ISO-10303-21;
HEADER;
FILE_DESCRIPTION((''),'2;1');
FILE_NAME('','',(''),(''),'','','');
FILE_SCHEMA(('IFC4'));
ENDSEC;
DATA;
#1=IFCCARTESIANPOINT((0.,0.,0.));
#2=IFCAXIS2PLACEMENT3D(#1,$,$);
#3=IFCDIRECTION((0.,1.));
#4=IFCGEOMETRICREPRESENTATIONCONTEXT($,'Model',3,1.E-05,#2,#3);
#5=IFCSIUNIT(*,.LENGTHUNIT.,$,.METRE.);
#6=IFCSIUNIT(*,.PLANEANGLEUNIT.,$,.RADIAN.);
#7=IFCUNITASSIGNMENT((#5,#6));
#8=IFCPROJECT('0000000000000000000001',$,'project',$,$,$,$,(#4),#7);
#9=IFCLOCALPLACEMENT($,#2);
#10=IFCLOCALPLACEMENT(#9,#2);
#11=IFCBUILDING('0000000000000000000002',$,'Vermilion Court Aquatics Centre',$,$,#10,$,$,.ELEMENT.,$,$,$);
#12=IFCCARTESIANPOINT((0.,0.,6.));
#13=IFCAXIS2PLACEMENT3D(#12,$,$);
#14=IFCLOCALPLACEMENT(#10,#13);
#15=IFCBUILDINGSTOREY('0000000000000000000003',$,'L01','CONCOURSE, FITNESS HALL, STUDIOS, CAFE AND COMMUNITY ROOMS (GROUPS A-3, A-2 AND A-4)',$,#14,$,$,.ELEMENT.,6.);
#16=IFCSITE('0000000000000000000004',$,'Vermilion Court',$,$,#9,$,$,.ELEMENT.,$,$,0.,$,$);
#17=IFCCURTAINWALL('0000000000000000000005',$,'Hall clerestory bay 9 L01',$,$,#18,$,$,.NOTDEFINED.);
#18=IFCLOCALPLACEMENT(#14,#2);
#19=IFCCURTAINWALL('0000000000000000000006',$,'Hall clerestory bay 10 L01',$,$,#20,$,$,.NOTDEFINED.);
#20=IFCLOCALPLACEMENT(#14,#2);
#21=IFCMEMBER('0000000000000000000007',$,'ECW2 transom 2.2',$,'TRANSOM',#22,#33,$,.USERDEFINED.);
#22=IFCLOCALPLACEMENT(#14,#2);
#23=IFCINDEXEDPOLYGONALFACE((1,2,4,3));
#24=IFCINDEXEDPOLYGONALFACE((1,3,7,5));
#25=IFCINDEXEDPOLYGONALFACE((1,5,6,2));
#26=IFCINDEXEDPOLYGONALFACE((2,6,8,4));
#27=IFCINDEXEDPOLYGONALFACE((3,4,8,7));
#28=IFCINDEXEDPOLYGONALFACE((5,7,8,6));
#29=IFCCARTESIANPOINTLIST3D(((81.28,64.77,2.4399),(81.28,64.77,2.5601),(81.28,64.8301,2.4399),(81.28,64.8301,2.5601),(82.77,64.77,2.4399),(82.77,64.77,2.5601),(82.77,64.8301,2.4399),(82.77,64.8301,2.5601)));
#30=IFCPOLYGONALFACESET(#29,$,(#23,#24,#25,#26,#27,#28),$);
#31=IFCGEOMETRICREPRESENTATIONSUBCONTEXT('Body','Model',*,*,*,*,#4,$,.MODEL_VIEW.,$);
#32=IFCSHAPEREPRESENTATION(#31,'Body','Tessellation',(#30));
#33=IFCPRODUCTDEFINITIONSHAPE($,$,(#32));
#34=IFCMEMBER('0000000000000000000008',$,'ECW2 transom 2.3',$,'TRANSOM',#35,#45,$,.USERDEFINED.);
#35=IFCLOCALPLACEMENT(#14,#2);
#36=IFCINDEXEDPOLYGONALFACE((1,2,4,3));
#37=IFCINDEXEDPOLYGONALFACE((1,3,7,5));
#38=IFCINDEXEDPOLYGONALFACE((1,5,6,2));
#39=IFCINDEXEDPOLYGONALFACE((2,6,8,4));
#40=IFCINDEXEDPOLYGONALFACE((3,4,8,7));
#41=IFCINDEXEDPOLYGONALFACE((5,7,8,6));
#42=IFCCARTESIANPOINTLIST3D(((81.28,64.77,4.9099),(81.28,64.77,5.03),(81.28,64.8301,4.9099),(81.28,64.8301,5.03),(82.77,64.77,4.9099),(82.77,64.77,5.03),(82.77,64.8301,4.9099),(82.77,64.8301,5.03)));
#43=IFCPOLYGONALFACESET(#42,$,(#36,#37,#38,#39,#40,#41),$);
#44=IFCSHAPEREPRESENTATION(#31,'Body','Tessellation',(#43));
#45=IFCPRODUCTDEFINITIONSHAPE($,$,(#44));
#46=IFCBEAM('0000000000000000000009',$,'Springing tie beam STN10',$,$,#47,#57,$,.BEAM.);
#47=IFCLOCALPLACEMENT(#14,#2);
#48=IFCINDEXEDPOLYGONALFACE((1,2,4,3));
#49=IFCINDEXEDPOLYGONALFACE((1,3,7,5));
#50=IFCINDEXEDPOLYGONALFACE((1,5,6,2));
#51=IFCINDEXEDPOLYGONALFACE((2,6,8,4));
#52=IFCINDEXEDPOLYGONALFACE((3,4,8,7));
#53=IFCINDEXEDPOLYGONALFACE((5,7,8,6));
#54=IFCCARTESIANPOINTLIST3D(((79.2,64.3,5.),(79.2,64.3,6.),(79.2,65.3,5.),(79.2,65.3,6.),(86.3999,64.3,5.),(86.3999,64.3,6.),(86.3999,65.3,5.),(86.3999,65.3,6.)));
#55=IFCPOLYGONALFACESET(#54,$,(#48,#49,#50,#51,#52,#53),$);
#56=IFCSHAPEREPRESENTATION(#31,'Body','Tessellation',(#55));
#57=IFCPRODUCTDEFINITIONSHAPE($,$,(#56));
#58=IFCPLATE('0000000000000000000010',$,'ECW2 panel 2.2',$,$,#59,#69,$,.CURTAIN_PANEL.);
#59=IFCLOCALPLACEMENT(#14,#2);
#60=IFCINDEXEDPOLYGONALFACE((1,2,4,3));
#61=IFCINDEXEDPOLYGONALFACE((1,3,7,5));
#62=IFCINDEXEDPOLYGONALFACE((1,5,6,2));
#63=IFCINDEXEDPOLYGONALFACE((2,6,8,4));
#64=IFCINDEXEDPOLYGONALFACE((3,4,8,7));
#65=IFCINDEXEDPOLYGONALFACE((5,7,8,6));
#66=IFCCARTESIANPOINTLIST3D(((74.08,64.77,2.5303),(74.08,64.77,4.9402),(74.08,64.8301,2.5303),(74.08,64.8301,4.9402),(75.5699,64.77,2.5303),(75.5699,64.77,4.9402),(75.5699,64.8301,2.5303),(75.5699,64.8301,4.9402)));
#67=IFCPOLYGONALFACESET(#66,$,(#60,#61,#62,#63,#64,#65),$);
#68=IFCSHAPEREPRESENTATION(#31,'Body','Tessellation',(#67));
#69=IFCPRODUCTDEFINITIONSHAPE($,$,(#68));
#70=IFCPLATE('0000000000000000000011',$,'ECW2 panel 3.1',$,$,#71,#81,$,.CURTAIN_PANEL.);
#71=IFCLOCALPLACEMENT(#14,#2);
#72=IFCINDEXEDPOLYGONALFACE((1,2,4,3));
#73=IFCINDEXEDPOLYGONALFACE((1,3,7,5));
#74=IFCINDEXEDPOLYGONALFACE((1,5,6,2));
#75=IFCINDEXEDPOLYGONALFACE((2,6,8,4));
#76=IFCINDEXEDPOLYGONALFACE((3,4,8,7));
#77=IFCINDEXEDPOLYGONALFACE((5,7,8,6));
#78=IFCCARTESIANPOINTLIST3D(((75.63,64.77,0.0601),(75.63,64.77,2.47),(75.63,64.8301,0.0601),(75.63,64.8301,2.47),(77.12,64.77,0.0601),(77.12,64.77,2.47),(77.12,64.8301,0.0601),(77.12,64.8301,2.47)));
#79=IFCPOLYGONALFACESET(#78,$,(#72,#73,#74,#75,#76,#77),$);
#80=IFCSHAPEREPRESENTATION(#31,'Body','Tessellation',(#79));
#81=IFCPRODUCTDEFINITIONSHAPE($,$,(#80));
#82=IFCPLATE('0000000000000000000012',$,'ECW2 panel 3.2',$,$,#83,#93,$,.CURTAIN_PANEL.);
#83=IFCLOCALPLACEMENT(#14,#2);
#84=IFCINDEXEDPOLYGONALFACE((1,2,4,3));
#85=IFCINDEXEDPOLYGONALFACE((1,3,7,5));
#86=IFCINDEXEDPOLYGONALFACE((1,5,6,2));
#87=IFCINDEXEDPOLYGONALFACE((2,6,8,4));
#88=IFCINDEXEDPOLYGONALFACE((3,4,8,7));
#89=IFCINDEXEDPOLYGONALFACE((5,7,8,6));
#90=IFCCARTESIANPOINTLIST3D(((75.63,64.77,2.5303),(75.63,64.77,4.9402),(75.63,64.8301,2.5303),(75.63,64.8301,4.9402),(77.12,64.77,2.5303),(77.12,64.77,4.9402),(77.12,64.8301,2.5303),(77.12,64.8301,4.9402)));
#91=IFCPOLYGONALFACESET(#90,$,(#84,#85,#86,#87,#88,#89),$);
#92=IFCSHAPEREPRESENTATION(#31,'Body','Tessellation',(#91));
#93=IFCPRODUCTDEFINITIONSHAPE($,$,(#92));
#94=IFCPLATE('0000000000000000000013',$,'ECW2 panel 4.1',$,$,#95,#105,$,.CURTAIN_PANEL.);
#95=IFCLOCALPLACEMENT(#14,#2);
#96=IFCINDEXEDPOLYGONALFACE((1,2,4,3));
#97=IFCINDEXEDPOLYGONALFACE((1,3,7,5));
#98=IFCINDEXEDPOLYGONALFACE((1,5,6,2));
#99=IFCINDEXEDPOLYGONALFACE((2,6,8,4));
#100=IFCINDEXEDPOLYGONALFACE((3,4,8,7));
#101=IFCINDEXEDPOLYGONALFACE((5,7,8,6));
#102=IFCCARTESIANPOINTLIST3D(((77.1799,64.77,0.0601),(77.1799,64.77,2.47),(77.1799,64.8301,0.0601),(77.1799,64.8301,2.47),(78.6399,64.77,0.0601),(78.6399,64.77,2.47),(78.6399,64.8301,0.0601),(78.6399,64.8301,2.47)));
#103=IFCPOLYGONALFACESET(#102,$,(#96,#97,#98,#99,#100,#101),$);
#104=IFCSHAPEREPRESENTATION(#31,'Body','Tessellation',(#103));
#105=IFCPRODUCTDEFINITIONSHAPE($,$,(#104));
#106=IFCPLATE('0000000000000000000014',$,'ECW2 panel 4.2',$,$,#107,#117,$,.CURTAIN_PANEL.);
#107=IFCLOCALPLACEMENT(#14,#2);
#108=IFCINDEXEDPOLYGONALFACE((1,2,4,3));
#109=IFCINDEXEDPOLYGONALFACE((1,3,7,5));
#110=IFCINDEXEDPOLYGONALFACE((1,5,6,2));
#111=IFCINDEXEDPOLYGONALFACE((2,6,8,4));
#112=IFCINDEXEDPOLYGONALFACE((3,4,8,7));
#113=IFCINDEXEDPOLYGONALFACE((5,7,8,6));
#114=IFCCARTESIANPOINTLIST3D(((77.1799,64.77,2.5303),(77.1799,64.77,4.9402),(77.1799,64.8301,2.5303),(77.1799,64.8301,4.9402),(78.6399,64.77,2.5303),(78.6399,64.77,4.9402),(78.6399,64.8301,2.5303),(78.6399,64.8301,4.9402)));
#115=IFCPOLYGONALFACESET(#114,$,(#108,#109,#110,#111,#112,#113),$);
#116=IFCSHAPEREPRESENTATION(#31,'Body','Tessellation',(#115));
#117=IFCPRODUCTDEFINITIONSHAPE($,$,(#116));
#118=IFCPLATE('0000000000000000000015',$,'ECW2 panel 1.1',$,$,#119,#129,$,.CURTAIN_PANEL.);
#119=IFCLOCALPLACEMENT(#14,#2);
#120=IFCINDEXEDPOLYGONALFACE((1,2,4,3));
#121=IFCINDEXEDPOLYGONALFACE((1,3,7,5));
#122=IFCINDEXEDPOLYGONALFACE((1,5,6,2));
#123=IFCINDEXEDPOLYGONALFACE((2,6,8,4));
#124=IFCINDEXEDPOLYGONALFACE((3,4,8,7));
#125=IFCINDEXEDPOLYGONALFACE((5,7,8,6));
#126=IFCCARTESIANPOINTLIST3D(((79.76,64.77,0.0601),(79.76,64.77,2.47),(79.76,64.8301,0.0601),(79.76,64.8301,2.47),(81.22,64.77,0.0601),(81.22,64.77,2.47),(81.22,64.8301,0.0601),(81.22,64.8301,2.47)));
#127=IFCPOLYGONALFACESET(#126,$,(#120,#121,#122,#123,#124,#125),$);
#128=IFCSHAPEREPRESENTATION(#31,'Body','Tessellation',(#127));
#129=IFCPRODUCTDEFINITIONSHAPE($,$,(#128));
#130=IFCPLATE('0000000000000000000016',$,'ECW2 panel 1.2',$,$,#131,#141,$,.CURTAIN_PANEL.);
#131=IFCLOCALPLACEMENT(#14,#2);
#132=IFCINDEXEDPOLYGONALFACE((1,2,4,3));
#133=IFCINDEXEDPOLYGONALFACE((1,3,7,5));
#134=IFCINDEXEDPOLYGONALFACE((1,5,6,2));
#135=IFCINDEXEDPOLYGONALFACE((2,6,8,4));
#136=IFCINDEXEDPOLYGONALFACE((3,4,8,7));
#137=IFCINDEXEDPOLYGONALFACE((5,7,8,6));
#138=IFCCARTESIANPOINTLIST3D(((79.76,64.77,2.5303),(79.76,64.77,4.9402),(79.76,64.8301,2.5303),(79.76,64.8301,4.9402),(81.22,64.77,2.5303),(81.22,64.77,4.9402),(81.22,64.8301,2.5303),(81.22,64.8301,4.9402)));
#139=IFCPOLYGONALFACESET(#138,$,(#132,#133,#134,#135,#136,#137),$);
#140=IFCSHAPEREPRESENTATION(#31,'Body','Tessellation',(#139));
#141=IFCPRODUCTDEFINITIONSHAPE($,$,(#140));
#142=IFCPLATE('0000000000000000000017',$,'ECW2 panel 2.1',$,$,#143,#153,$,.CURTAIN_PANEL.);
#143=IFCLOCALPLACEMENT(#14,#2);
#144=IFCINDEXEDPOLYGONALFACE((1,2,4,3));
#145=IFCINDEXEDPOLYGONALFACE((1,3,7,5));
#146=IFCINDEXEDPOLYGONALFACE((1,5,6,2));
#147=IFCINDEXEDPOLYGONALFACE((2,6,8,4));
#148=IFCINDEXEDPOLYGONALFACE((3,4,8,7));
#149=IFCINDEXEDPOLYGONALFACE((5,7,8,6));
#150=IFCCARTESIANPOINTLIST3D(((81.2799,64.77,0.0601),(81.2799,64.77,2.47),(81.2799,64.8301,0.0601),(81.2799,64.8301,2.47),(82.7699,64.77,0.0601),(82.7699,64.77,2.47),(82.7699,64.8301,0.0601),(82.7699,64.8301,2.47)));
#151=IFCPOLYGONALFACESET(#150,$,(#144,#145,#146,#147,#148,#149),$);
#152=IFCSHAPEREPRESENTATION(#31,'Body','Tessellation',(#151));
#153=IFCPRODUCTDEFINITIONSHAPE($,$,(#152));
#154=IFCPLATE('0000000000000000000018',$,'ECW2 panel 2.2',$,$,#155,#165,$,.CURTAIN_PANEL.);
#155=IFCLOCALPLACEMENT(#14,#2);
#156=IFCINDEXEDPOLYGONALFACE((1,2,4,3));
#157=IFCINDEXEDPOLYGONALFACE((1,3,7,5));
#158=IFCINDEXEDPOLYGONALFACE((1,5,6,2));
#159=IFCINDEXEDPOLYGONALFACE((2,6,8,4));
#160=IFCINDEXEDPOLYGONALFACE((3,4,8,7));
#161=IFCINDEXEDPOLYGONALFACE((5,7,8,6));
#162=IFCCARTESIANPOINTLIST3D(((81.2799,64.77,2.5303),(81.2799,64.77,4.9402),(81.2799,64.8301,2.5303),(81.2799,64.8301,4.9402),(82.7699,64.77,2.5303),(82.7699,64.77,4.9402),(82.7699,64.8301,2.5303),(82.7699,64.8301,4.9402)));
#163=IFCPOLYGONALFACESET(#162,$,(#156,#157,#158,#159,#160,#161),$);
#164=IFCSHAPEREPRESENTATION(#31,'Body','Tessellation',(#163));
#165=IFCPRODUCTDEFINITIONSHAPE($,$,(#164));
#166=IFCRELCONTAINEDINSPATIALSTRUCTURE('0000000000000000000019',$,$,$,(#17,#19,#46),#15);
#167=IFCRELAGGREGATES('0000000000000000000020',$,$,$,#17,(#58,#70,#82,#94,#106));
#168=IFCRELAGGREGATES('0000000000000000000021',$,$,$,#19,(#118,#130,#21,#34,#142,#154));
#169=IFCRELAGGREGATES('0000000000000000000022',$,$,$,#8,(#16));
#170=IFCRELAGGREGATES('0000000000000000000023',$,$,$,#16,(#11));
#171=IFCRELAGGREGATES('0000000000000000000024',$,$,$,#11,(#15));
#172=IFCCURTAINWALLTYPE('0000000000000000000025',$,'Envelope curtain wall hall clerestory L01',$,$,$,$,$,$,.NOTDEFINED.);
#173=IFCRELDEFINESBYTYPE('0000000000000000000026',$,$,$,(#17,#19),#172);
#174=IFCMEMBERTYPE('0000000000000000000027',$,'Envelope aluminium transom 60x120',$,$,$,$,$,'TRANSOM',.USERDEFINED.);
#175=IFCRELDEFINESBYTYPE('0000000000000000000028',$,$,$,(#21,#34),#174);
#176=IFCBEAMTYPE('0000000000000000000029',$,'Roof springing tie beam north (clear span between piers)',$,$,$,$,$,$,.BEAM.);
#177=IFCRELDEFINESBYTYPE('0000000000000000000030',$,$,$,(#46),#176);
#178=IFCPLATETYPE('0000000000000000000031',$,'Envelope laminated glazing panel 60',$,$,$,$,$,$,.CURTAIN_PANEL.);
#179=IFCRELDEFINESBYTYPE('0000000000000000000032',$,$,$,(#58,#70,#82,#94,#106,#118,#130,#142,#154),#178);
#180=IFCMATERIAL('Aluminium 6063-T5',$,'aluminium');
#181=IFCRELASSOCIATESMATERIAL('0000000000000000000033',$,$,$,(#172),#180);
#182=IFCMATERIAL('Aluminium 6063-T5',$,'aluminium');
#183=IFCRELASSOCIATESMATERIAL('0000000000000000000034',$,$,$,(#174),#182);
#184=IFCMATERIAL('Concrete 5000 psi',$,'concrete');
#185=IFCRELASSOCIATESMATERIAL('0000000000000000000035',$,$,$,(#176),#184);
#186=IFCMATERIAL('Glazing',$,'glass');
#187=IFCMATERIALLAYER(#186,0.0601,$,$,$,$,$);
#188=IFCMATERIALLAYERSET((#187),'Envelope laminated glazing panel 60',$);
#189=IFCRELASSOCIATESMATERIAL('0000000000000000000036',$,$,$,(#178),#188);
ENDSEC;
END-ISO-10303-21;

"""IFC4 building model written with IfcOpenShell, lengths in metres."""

from ifc_helpers import new_model, si_unit, direction, frame, origin, origin_2d, place, context, subcontext, project, spatial, rectangle, extrude, material, layer, layer_set, material_profile, profile_set, type_object, element, aggregate, save


model = new_model("IFC4")

# Units and contexts
model_context = context("Model", 3, precision=1e-05, world=origin(), true_north=direction((0.0, 1.0)))
body_context = subcontext(model_context, "Body", "Model", "MODEL_VIEW")
ifc_project = project(units=[si_unit("LENGTHUNIT", "METRE"), si_unit("PLANEANGLEUNIT", "RADIAN")], contexts=[model_context])

# Site, building, storey
site_placement = place(None, origin())
site = spatial("IfcSite", under=ifc_project, at=site_placement, Name="Vermilion Court", CompositionType="ELEMENT", RefElevation=0.0)
building_placement = place(site_placement, origin())
building = spatial("IfcBuilding", under=site, at=building_placement, Name="Vermilion Court Aquatics Centre", CompositionType="ELEMENT")
storey_placement = place(building_placement, frame((0.0, 0.0, 6.0)))
storey = spatial("IfcBuildingStorey", under=building, at=storey_placement, Name="L01", Description="CONCOURSE, FITNESS HALL, STUDIOS, CAFE AND COMMUNITY ROOMS (GROUPS A-3, A-2 AND A-4)", CompositionType="ELEMENT", Elevation=6.0)

# Curtain walls
ifc_material_1 = material(Name="Aluminium 6063-T5", Category="aluminium")
curtain_wall_type = type_object("IfcCurtainWallType", Name="Envelope curtain wall hall clerestory L01", PredefinedType="NOTDEFINED", material=ifc_material_1)
curtain_wall_1_placement = place(storey_placement, origin())
curtain_wall_1 = element("IfcCurtainWall", 1, at=curtain_wall_1_placement, inside=storey, type_object=curtain_wall_type, Name="Hall clerestory bay 9 L01", PredefinedType="NOTDEFINED")
curtain_wall_2_placement = place(storey_placement, origin())
curtain_wall_2 = element("IfcCurtainWall", 2, at=curtain_wall_2_placement, inside=storey, type_object=curtain_wall_type, Name="Hall clerestory bay 10 L01", PredefinedType="NOTDEFINED")

# Members
ifc_material_2 = material(Name="Aluminium 6063-T5", Category="aluminium")
ifc_material_profile_1 = material_profile(ifc_material_2, rectangle(XDim=0.0601, YDim=0.1201, at=origin_2d()), Name="AL 60x120")
ifc_profile_set_1 = profile_set([ifc_material_profile_1], Name="Aluminium 6063-T5")
member_type_1 = type_object("IfcMemberType", Name="Envelope aluminium transom 60x120", ElementType="TRANSOM", PredefinedType="USERDEFINED", material=ifc_profile_set_1)
member_1_placement = place(storey_placement, frame((81.28, 64.8, 2.5), z_axis=(1.0, 0.0, 0.0), x_axis=(0.0, 1.0, 0.0)))
member_1 = element("IfcMember", 3, at=member_1_placement, type_object=member_type_1, Name="ECW2 transom 2.2", ObjectType="TRANSOM", PredefinedType="USERDEFINED", context=body_context, shape_type="SweptSolid", body=[
    extrude(rectangle(XDim=0.0601, YDim=0.1201, at=origin_2d()), origin(), (0.0, 0.0, 1.0), 1.49),
])
member_2_placement = place(storey_placement, frame((81.28, 64.8, 4.97), z_axis=(1.0, 0.0, 0.0), x_axis=(0.0, 1.0, 0.0)))
member_2 = element("IfcMember", 4, at=member_2_placement, type_object=member_type_1, Name="ECW2 transom 2.3", ObjectType="TRANSOM", PredefinedType="USERDEFINED", context=body_context, shape_type="SweptSolid", body=[
    extrude(rectangle(XDim=0.0601, YDim=0.1201, at=origin_2d()), origin(), (0.0, 0.0, 1.0), 1.49),
])

# Beam
ifc_material_3 = material(Name="Concrete 5000 psi", Category="concrete")
ifc_material_profile_2 = material_profile(ifc_material_3, rectangle(XDim=1.0, YDim=1.0, at=origin_2d()), Name="RC 1000x1000")
ifc_profile_set_2 = profile_set([ifc_material_profile_2], Name="Concrete 5000 psi")
beam_type = type_object("IfcBeamType", Name="Roof springing tie beam north (clear span between piers)", PredefinedType="BEAM", material=ifc_profile_set_2)
beam_placement = place(storey_placement, frame((79.2, 64.8, 5.5), z_axis=(1.0, 0.0, 0.0), x_axis=(0.0, 1.0, 0.0)))
element("IfcBeam", 5, at=beam_placement, inside=storey, type_object=beam_type, Name="Springing tie beam STN10", PredefinedType="BEAM", context=body_context, shape_type="SweptSolid", body=[
    extrude(rectangle(XDim=1.0, YDim=1.0, at=origin_2d()), origin(), (0.0, 0.0, 1.0), 7.2),
])

# Plates
ifc_material_4 = material(Name="Glazing", Category="glass")
ifc_layer = layer(ifc_material_4, 0.0601)
ifc_layer_set = layer_set([ifc_layer], Name="Envelope laminated glazing panel 60")
plate_type = type_object("IfcPlateType", Name="Envelope laminated glazing panel 60", PredefinedType="CURTAIN_PANEL", material=ifc_layer_set)
plate_1_placement = place(storey_placement, frame((74.825, 64.8, 2.5303), z_axis=(0.0, 0.0, 1.0), x_axis=(1.0, 0.0, 0.0)))
plate_1 = element("IfcPlate", 6, at=plate_1_placement, type_object=plate_type, Name="ECW2 panel 2.2", PredefinedType="CURTAIN_PANEL", context=body_context, shape_type="SweptSolid", body=[
    extrude(rectangle(XDim=1.49, YDim=0.0601, at=origin_2d()), origin(), (0.0, 0.0, 1.0), 2.4099),
])
plate_2_placement = place(storey_placement, frame((76.375, 64.8, 0.0601), z_axis=(0.0, 0.0, 1.0), x_axis=(1.0, 0.0, 0.0)))
plate_2 = element("IfcPlate", 7, at=plate_2_placement, type_object=plate_type, Name="ECW2 panel 3.1", PredefinedType="CURTAIN_PANEL", context=body_context, shape_type="SweptSolid", body=[
    extrude(rectangle(XDim=1.49, YDim=0.0601, at=origin_2d()), origin(), (0.0, 0.0, 1.0), 2.4099),
])
plate_3_placement = place(storey_placement, frame((76.375, 64.8, 2.5303), z_axis=(0.0, 0.0, 1.0), x_axis=(1.0, 0.0, 0.0)))
plate_3 = element("IfcPlate", 8, at=plate_3_placement, type_object=plate_type, Name="ECW2 panel 3.2", PredefinedType="CURTAIN_PANEL", context=body_context, shape_type="SweptSolid", body=[
    extrude(rectangle(XDim=1.49, YDim=0.0601, at=origin_2d()), origin(), (0.0, 0.0, 1.0), 2.4099),
])
plate_4_placement = place(storey_placement, frame((77.9099, 64.8, 0.0601), z_axis=(0.0, 0.0, 1.0), x_axis=(1.0, 0.0, 0.0)))
plate_4 = element("IfcPlate", 9, at=plate_4_placement, type_object=plate_type, Name="ECW2 panel 4.1", PredefinedType="CURTAIN_PANEL", context=body_context, shape_type="SweptSolid", body=[
    extrude(rectangle(XDim=1.46, YDim=0.0601, at=origin_2d()), origin(), (0.0, 0.0, 1.0), 2.4099),
])
plate_5_placement = place(storey_placement, frame((77.9099, 64.8, 2.5303), z_axis=(0.0, 0.0, 1.0), x_axis=(1.0, 0.0, 0.0)))
plate_5 = element("IfcPlate", 10, at=plate_5_placement, type_object=plate_type, Name="ECW2 panel 4.2", PredefinedType="CURTAIN_PANEL", context=body_context, shape_type="SweptSolid", body=[
    extrude(rectangle(XDim=1.46, YDim=0.0601, at=origin_2d()), origin(), (0.0, 0.0, 1.0), 2.4099),
])
aggregate(curtain_wall_1, [plate_1, plate_2, plate_3, plate_4, plate_5])
plate_6_placement = place(storey_placement, frame((80.49, 64.8, 0.0601), z_axis=(0.0, 0.0, 1.0), x_axis=(1.0, 0.0, 0.0)))
plate_6 = element("IfcPlate", 11, at=plate_6_placement, type_object=plate_type, Name="ECW2 panel 1.1", PredefinedType="CURTAIN_PANEL", context=body_context, shape_type="SweptSolid", body=[
    extrude(rectangle(XDim=1.46, YDim=0.0601, at=origin_2d()), origin(), (0.0, 0.0, 1.0), 2.4099),
])
plate_7_placement = place(storey_placement, frame((80.49, 64.8, 2.5303), z_axis=(0.0, 0.0, 1.0), x_axis=(1.0, 0.0, 0.0)))
plate_7 = element("IfcPlate", 12, at=plate_7_placement, type_object=plate_type, Name="ECW2 panel 1.2", PredefinedType="CURTAIN_PANEL", context=body_context, shape_type="SweptSolid", body=[
    extrude(rectangle(XDim=1.46, YDim=0.0601, at=origin_2d()), origin(), (0.0, 0.0, 1.0), 2.4099),
])
plate_8_placement = place(storey_placement, frame((82.0249, 64.8, 0.0601), z_axis=(0.0, 0.0, 1.0), x_axis=(1.0, 0.0, 0.0)))
plate_8 = element("IfcPlate", 13, at=plate_8_placement, type_object=plate_type, Name="ECW2 panel 2.1", PredefinedType="CURTAIN_PANEL", context=body_context, shape_type="SweptSolid", body=[
    extrude(rectangle(XDim=1.49, YDim=0.0601, at=origin_2d()), origin(), (0.0, 0.0, 1.0), 2.4099),
])
plate_9_placement = place(storey_placement, frame((82.0249, 64.8, 2.5303), z_axis=(0.0, 0.0, 1.0), x_axis=(1.0, 0.0, 0.0)))
plate_9 = element("IfcPlate", 14, at=plate_9_placement, type_object=plate_type, Name="ECW2 panel 2.2", PredefinedType="CURTAIN_PANEL", context=body_context, shape_type="SweptSolid", body=[
    extrude(rectangle(XDim=1.49, YDim=0.0601, at=origin_2d()), origin(), (0.0, 0.0, 1.0), 2.4099),
])
aggregate(curtain_wall_2, [plate_6, plate_7, member_1, member_2, plate_8, plate_9])

save(model, "model.ifc")
